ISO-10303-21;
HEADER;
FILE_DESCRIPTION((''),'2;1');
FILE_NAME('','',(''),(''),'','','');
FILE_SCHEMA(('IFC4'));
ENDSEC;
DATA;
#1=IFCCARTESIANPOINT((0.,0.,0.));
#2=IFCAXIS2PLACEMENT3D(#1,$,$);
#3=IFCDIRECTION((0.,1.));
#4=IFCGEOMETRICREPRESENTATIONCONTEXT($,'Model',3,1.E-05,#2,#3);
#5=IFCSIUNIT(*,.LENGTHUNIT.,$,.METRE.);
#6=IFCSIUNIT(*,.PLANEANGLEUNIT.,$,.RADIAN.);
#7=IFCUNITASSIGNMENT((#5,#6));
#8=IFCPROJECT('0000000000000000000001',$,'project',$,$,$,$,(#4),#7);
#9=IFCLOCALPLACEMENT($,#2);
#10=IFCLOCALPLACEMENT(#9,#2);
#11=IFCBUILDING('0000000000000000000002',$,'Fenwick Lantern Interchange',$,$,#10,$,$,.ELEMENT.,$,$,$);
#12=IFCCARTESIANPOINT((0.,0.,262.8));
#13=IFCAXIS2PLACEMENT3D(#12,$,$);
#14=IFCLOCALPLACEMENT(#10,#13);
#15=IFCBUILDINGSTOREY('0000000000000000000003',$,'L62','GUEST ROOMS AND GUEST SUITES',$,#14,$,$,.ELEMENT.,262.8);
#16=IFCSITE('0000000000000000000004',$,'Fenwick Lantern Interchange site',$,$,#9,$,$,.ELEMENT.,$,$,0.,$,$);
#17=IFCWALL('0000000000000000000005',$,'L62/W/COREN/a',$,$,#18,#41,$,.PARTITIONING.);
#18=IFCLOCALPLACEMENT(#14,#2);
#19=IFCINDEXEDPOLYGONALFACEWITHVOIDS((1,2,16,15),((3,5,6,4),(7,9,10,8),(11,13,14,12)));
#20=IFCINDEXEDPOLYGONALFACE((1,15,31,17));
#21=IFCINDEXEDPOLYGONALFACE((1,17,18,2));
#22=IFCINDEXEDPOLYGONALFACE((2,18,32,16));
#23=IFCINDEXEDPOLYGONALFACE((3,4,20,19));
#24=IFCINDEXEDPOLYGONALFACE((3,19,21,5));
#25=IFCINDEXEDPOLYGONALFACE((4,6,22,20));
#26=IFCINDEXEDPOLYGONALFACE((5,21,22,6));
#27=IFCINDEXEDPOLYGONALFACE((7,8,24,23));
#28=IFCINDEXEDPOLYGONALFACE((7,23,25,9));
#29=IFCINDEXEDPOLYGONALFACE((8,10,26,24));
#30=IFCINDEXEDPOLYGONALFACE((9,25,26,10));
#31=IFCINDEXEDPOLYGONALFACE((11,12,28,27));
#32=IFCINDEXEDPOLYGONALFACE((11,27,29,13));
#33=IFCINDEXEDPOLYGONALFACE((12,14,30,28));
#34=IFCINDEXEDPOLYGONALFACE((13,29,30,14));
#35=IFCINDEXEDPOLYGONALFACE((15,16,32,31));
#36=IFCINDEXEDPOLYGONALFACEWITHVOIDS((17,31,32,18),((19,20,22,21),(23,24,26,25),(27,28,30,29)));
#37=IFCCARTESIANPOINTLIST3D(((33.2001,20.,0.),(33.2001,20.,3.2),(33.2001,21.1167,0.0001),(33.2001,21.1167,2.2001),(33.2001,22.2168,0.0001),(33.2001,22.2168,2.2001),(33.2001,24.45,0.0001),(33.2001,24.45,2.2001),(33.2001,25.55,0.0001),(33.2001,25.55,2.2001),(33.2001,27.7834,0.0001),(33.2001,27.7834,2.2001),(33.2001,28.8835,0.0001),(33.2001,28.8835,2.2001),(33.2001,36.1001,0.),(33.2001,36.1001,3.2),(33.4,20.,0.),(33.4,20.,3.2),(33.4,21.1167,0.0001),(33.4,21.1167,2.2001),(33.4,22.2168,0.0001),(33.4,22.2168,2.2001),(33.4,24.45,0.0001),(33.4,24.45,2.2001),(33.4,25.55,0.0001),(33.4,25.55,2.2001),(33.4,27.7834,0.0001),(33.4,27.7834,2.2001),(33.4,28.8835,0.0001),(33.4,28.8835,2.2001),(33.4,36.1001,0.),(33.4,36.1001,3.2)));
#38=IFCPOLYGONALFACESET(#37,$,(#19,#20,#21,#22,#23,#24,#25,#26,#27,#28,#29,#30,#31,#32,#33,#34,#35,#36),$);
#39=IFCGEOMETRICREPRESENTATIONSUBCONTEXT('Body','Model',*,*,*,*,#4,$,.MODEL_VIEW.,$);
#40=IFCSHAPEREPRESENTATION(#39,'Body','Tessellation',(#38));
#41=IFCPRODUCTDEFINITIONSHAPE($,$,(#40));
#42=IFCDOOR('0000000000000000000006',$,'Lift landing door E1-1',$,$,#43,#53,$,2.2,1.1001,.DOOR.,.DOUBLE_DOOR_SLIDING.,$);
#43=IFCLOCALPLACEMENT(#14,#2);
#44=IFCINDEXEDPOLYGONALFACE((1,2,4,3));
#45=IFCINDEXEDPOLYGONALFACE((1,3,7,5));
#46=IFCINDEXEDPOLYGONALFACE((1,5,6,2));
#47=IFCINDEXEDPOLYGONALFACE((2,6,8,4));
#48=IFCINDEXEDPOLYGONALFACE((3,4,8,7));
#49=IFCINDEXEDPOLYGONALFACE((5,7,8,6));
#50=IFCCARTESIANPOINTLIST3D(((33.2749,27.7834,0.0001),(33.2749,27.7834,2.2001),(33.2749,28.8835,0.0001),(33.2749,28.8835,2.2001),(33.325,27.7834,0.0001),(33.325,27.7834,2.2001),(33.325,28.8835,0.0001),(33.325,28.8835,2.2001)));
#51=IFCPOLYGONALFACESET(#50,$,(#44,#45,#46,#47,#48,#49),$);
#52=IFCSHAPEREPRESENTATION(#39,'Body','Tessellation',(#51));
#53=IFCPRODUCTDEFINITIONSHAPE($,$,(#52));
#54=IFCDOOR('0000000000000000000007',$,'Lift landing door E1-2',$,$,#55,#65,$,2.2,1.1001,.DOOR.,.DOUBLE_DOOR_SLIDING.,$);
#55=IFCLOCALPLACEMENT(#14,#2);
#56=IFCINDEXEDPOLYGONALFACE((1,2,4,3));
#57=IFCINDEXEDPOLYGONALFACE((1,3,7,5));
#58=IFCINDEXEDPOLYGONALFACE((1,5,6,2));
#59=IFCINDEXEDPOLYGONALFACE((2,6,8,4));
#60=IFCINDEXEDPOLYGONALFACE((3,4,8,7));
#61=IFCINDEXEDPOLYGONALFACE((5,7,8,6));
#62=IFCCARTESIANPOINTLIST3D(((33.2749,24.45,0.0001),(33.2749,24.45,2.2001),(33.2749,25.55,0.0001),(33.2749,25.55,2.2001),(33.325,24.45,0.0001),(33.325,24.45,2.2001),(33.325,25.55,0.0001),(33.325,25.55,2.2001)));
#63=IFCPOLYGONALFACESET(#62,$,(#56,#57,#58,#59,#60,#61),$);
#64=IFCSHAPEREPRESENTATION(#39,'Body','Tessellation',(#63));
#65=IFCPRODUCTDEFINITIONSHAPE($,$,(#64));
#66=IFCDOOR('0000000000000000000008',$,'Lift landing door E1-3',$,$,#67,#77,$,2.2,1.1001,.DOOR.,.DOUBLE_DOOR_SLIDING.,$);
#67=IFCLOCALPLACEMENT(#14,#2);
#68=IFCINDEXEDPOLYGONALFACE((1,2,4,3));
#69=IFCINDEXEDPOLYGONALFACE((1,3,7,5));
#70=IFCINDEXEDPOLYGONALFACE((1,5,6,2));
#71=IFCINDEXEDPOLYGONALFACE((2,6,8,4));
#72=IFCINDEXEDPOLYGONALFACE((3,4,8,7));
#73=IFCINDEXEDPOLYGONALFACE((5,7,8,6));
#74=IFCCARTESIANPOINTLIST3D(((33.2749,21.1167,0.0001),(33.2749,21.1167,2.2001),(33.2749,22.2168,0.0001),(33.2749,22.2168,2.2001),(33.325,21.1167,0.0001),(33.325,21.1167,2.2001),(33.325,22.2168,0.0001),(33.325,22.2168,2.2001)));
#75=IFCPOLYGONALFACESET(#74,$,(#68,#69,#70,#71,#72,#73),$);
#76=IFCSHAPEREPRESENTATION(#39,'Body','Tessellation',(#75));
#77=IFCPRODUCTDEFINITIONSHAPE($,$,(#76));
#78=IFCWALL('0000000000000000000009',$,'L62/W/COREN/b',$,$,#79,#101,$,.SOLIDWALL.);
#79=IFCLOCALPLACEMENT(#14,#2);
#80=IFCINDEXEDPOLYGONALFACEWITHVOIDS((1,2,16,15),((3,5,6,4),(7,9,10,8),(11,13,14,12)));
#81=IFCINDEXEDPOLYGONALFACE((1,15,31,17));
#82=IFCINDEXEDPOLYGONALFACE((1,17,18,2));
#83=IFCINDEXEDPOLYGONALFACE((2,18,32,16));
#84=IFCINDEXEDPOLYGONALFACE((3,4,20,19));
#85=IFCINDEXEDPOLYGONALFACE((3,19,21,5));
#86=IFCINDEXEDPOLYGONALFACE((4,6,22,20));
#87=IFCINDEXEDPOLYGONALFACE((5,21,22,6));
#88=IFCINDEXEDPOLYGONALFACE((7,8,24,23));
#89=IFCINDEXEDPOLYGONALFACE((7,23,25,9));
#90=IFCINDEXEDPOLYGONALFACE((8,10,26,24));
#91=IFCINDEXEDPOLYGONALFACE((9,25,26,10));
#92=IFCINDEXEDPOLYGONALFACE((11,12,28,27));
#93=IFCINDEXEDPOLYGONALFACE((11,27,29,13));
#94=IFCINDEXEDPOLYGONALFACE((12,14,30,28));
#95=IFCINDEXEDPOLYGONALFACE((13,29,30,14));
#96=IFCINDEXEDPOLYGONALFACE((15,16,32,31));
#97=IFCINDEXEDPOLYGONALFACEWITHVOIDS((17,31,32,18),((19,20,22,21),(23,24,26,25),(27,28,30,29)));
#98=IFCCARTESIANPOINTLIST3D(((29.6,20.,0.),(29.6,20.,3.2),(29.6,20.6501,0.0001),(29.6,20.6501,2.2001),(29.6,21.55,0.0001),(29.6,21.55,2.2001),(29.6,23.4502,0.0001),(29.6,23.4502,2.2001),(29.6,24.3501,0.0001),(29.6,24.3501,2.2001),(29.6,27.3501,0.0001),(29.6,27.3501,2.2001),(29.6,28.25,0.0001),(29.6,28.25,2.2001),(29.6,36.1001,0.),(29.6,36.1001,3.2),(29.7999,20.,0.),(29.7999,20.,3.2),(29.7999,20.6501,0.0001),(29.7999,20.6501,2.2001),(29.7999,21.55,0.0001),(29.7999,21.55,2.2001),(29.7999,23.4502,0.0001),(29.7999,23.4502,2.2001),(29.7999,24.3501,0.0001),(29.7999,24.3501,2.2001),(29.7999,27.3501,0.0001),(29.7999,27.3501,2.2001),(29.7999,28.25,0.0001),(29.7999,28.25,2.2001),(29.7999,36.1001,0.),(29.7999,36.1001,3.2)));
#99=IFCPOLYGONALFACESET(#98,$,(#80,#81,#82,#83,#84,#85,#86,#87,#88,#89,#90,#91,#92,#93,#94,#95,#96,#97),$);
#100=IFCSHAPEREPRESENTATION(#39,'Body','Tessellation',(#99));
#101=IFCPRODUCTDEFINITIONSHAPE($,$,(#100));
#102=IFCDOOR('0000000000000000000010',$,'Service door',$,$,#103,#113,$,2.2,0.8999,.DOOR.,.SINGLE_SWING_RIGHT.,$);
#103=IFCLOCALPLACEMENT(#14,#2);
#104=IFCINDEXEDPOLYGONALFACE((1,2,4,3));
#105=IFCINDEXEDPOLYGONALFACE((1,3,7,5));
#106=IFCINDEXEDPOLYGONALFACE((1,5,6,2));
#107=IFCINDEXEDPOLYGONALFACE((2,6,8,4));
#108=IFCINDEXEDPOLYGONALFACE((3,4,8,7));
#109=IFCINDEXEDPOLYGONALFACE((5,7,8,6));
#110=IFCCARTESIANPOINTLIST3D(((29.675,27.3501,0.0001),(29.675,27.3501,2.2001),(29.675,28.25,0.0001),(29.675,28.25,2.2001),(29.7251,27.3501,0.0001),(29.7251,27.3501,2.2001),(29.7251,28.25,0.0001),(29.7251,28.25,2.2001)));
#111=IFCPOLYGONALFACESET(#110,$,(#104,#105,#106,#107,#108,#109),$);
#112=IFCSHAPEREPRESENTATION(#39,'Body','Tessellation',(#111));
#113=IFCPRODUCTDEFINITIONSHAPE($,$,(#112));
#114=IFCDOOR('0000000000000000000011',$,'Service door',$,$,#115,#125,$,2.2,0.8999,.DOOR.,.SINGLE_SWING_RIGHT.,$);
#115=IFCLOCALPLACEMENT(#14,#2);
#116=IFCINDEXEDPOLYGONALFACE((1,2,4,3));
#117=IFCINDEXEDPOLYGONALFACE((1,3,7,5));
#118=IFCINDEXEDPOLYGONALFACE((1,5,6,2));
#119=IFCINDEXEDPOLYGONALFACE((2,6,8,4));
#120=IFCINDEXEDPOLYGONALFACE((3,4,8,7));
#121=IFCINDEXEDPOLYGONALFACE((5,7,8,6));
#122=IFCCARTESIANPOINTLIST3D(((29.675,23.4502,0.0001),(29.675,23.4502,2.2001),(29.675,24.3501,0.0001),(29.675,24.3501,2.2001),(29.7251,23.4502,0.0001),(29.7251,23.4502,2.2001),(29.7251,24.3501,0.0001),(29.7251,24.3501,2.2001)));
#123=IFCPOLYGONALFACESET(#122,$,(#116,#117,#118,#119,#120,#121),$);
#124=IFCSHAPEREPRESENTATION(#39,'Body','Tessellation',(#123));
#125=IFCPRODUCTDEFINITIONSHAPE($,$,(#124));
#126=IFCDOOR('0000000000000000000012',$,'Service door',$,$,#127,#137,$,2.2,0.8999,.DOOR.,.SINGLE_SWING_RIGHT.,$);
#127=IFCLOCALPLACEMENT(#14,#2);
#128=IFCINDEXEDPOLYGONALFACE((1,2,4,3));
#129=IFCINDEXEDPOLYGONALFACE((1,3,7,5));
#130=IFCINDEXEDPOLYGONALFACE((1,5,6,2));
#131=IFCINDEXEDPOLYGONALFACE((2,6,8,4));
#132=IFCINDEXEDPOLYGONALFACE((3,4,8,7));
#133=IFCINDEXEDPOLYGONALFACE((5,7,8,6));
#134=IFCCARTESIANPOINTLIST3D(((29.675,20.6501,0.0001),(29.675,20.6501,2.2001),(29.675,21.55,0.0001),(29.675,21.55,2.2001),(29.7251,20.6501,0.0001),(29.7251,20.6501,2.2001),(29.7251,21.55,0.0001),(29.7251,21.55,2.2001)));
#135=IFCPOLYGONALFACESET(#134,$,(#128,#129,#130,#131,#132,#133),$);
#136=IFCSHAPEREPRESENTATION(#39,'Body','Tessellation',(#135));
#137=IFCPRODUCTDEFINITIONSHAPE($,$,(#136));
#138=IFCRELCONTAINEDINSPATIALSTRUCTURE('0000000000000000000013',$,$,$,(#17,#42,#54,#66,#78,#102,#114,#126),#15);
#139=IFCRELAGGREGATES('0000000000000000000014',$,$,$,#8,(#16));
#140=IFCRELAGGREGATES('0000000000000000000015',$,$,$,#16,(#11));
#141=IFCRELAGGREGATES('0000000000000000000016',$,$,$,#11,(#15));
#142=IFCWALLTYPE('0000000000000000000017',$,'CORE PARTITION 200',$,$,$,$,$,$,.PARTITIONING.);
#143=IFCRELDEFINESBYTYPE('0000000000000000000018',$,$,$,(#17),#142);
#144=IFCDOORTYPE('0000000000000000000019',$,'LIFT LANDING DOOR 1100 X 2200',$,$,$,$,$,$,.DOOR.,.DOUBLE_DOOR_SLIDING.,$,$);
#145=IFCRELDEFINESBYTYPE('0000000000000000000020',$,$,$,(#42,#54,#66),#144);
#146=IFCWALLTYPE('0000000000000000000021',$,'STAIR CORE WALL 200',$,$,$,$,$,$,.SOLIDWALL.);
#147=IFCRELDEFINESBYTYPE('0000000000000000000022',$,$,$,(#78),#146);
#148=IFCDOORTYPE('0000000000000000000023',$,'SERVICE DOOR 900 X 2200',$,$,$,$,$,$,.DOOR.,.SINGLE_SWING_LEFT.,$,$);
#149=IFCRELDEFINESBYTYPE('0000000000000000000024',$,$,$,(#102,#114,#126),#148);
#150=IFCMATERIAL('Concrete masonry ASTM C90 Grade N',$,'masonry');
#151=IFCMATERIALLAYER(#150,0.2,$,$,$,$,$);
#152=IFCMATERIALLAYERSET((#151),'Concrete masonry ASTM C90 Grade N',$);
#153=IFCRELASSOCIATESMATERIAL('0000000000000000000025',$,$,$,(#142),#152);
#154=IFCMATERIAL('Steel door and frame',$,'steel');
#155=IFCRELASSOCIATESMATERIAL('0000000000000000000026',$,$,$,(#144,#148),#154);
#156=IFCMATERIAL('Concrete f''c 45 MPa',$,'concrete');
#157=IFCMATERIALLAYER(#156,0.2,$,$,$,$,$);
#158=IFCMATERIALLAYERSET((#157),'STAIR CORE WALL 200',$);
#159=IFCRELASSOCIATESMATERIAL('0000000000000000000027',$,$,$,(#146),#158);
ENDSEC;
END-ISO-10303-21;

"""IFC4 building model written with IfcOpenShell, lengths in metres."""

from ifc_helpers import new_model, si_unit, direction, frame, frame_2d, origin, place, context, subcontext, project, spatial, rectangle, extrude, material, layer, layer_set, type_object, element, fill, save


model = new_model("IFC4")

# Units and contexts
model_context = context("Model", 3, precision=1e-05, world=origin(), true_north=direction((0.0, 1.0)))
body_context = subcontext(model_context, "Body", "Model", "MODEL_VIEW")
ifc_project = project(units=[si_unit("LENGTHUNIT", "METRE"), si_unit("PLANEANGLEUNIT", "RADIAN")], contexts=[model_context])

# Site, building, storey
site_placement = place(None, origin())
site = spatial("IfcSite", under=ifc_project, at=site_placement, Name="Fenwick Lantern Interchange site", CompositionType="ELEMENT", RefElevation=0.0)
building_placement = place(site_placement, origin())
building = spatial("IfcBuilding", under=site, at=building_placement, Name="Fenwick Lantern Interchange", CompositionType="ELEMENT")
storey_placement = place(building_placement, frame((0.0, 0.0, 262.8)))
storey = spatial("IfcBuildingStorey", under=building, at=storey_placement, Name="L62", Description="GUEST ROOMS AND GUEST SUITES", CompositionType="ELEMENT", Elevation=262.8)

# Walls, openings, doors
ifc_material_1 = material(Name="Concrete masonry ASTM C90 Grade N", Category="masonry")
ifc_layer_1 = layer(ifc_material_1, 0.2)
ifc_layer_set_1 = layer_set([ifc_layer_1], Name="Concrete masonry ASTM C90 Grade N")
wall_type_1 = type_object("IfcWallType", Name="CORE PARTITION 200", PredefinedType="PARTITIONING", material=ifc_layer_set_1)
wall_1_placement = place(storey_placement, frame((33.3, 36.1001, 0.0), z_axis=(0.0, 0.0, 1.0), x_axis=(0.0, -1.0, 0.0)))
wall_1 = element("IfcWall", 1, at=wall_1_placement, inside=storey, type_object=wall_type_1, Name="L62/W/COREN/a", PredefinedType="PARTITIONING", context=body_context, shape_type="SweptSolid", body=[
    extrude(rectangle(XDim=16.1001, YDim=0.2, at=frame_2d((8.05, 0.0))), origin(), (0.0, 0.0, 1.0), 3.2),
])
opening_1_placement = place(wall_1_placement, frame((7.2166, 0.0, 0.0)))
opening_1 = element("IfcOpeningElement", 2, at=opening_1_placement, cuts=wall_1, PredefinedType="OPENING", context=body_context, shape_type="SweptSolid", body=[
    extrude(rectangle(XDim=1.1001, YDim=2.2, at=frame_2d((0.55, 1.1001))), frame((0.0, 0.1099, 0.0), z_axis=(0.0, -1.0, 0.0), x_axis=(1.0, 0.0, 0.0)), (0.0, 0.0, 1.0), 0.22),
])
opening_2_placement = place(wall_1_placement, frame((10.55, 0.0, 0.0)))
opening_2 = element("IfcOpeningElement", 3, at=opening_2_placement, cuts=wall_1, PredefinedType="OPENING", context=body_context, shape_type="SweptSolid", body=[
    extrude(rectangle(XDim=1.1001, YDim=2.2, at=frame_2d((0.55, 1.1001))), frame((0.0, 0.1099, 0.0), z_axis=(0.0, -1.0, 0.0), x_axis=(1.0, 0.0, 0.0)), (0.0, 0.0, 1.0), 0.22),
])
opening_3_placement = place(wall_1_placement, frame((13.8833, 0.0, 0.0)))
opening_3 = element("IfcOpeningElement", 4, at=opening_3_placement, cuts=wall_1, PredefinedType="OPENING", context=body_context, shape_type="SweptSolid", body=[
    extrude(rectangle(XDim=1.1001, YDim=2.2, at=frame_2d((0.55, 1.1001))), frame((0.0, 0.1099, 0.0), z_axis=(0.0, -1.0, 0.0), x_axis=(1.0, 0.0, 0.0)), (0.0, 0.0, 1.0), 0.22),
])
ifc_material_2 = material(Name="Steel door and frame", Category="steel")
door_type_1 = type_object("IfcDoorType", Name="LIFT LANDING DOOR 1100 X 2200", OperationType="DOUBLE_DOOR_SLIDING", PredefinedType="DOOR", material=ifc_material_2)
door_1_placement = place(opening_1_placement, origin())
door_1 = element("IfcDoor", 5, at=door_1_placement, inside=storey, type_object=door_type_1, Name="Lift landing door E1-1", OperationType="DOUBLE_DOOR_SLIDING", OverallHeight=2.2, OverallWidth=1.1001, PredefinedType="DOOR", context=body_context, shape_type="SweptSolid", body=[
    extrude(rectangle(XDim=1.1001, YDim=2.2, at=frame_2d((0.55, 1.1001))), frame((0.0, 0.0249, 0.0), z_axis=(0.0, -1.0, 0.0), x_axis=(1.0, 0.0, 0.0)), (0.0, 0.0, 1.0), 0.05),
])
fill(opening_1, door_1)
door_2_placement = place(opening_2_placement, origin())
door_2 = element("IfcDoor", 6, at=door_2_placement, inside=storey, type_object=door_type_1, Name="Lift landing door E1-2", OperationType="DOUBLE_DOOR_SLIDING", OverallHeight=2.2, OverallWidth=1.1001, PredefinedType="DOOR", context=body_context, shape_type="SweptSolid", body=[
    extrude(rectangle(XDim=1.1001, YDim=2.2, at=frame_2d((0.55, 1.1001))), frame((0.0, 0.0249, 0.0), z_axis=(0.0, -1.0, 0.0), x_axis=(1.0, 0.0, 0.0)), (0.0, 0.0, 1.0), 0.05),
])
fill(opening_2, door_2)
door_3_placement = place(opening_3_placement, origin())
door_3 = element("IfcDoor", 7, at=door_3_placement, inside=storey, type_object=door_type_1, Name="Lift landing door E1-3", OperationType="DOUBLE_DOOR_SLIDING", OverallHeight=2.2, OverallWidth=1.1001, PredefinedType="DOOR", context=body_context, shape_type="SweptSolid", body=[
    extrude(rectangle(XDim=1.1001, YDim=2.2, at=frame_2d((0.55, 1.1001))), frame((0.0, 0.0249, 0.0), z_axis=(0.0, -1.0, 0.0), x_axis=(1.0, 0.0, 0.0)), (0.0, 0.0, 1.0), 0.05),
])
fill(opening_3, door_3)
door_type_2 = type_object("IfcDoorType", Name="SERVICE DOOR 900 X 2200", OperationType="SINGLE_SWING_LEFT", PredefinedType="DOOR", material=ifc_material_2)
ifc_material_3 = material(Name="Concrete f'c 45 MPa", Category="concrete")
ifc_layer_2 = layer(ifc_material_3, 0.2)
ifc_layer_set_2 = layer_set([ifc_layer_2], Name="STAIR CORE WALL 200")
wall_type_2 = type_object("IfcWallType", Name="STAIR CORE WALL 200", PredefinedType="SOLIDWALL", material=ifc_layer_set_2)
wall_2_placement = place(storey_placement, frame((29.7, 36.1001, 0.0), z_axis=(0.0, 0.0, 1.0), x_axis=(0.0, -1.0, 0.0)))
wall_2 = element("IfcWall", 8, at=wall_2_placement, inside=storey, type_object=wall_type_2, Name="L62/W/COREN/b", PredefinedType="SOLIDWALL", context=body_context, shape_type="SweptSolid", body=[
    extrude(rectangle(XDim=16.1001, YDim=0.2, at=frame_2d((8.05, 0.0))), origin(), (0.0, 0.0, 1.0), 3.2),
])
opening_4_placement = place(wall_2_placement, frame((7.8501, 0.0, 0.0)))
opening_4 = element("IfcOpeningElement", 9, at=opening_4_placement, cuts=wall_2, PredefinedType="OPENING", context=body_context, shape_type="SweptSolid", body=[
    extrude(rectangle(XDim=0.8999, YDim=2.2, at=frame_2d((0.45, 1.1001))), frame((0.0, 0.1099, 0.0), z_axis=(0.0, -1.0, 0.0), x_axis=(1.0, 0.0, 0.0)), (0.0, 0.0, 1.0), 0.22),
])
opening_5_placement = place(wall_2_placement, frame((11.75, 0.0, 0.0)))
opening_5 = element("IfcOpeningElement", 10, at=opening_5_placement, cuts=wall_2, PredefinedType="OPENING", context=body_context, shape_type="SweptSolid", body=[
    extrude(rectangle(XDim=0.8999, YDim=2.2, at=frame_2d((0.45, 1.1001))), frame((0.0, 0.1099, 0.0), z_axis=(0.0, -1.0, 0.0), x_axis=(1.0, 0.0, 0.0)), (0.0, 0.0, 1.0), 0.22),
])
opening_6_placement = place(wall_2_placement, frame((14.55, 0.0, 0.0)))
opening_6 = element("IfcOpeningElement", 11, at=opening_6_placement, cuts=wall_2, PredefinedType="OPENING", context=body_context, shape_type="SweptSolid", body=[
    extrude(rectangle(XDim=0.8999, YDim=2.2, at=frame_2d((0.45, 1.1001))), frame((0.0, 0.1099, 0.0), z_axis=(0.0, -1.0, 0.0), x_axis=(1.0, 0.0, 0.0)), (0.0, 0.0, 1.0), 0.22),
])
door_4_placement = place(opening_4_placement, frame((0.8999, 0.0, 0.0), z_axis=(0.0, 0.0, 1.0), x_axis=(-1.0, 0.0, 0.0)))
door_4 = element("IfcDoor", 12, at=door_4_placement, inside=storey, type_object=door_type_2, Name="Service door", OperationType="SINGLE_SWING_RIGHT", OverallHeight=2.2, OverallWidth=0.8999, PredefinedType="DOOR", context=body_context, shape_type="SweptSolid", body=[
    extrude(rectangle(XDim=0.8999, YDim=2.2, at=frame_2d((0.45, 1.1001))), frame((0.0, 0.0249, 0.0), z_axis=(0.0, -1.0, 0.0), x_axis=(1.0, 0.0, 0.0)), (0.0, 0.0, 1.0), 0.05),
])
fill(opening_4, door_4)
door_5_placement = place(opening_5_placement, frame((0.8999, 0.0, 0.0), z_axis=(0.0, 0.0, 1.0), x_axis=(-1.0, 0.0, 0.0)))
door_5 = element("IfcDoor", 13, at=door_5_placement, inside=storey, type_object=door_type_2, Name="Service door", OperationType="SINGLE_SWING_RIGHT", OverallHeight=2.2, OverallWidth=0.8999, PredefinedType="DOOR", context=body_context, shape_type="SweptSolid", body=[
    extrude(rectangle(XDim=0.8999, YDim=2.2, at=frame_2d((0.45, 1.1001))), frame((0.0, 0.0249, 0.0), z_axis=(0.0, -1.0, 0.0), x_axis=(1.0, 0.0, 0.0)), (0.0, 0.0, 1.0), 0.05),
])
fill(opening_5, door_5)
door_6_placement = place(opening_6_placement, frame((0.8999, 0.0, 0.0), z_axis=(0.0, 0.0, 1.0), x_axis=(-1.0, 0.0, 0.0)))
door_6 = element("IfcDoor", 14, at=door_6_placement, inside=storey, type_object=door_type_2, Name="Service door", OperationType="SINGLE_SWING_RIGHT", OverallHeight=2.2, OverallWidth=0.8999, PredefinedType="DOOR", context=body_context, shape_type="SweptSolid", body=[
    extrude(rectangle(XDim=0.8999, YDim=2.2, at=frame_2d((0.45, 1.1001))), frame((0.0, 0.0249, 0.0), z_axis=(0.0, -1.0, 0.0), x_axis=(1.0, 0.0, 0.0)), (0.0, 0.0, 1.0), 0.05),
])
fill(opening_6, door_6)

save(model, "model.ifc")
